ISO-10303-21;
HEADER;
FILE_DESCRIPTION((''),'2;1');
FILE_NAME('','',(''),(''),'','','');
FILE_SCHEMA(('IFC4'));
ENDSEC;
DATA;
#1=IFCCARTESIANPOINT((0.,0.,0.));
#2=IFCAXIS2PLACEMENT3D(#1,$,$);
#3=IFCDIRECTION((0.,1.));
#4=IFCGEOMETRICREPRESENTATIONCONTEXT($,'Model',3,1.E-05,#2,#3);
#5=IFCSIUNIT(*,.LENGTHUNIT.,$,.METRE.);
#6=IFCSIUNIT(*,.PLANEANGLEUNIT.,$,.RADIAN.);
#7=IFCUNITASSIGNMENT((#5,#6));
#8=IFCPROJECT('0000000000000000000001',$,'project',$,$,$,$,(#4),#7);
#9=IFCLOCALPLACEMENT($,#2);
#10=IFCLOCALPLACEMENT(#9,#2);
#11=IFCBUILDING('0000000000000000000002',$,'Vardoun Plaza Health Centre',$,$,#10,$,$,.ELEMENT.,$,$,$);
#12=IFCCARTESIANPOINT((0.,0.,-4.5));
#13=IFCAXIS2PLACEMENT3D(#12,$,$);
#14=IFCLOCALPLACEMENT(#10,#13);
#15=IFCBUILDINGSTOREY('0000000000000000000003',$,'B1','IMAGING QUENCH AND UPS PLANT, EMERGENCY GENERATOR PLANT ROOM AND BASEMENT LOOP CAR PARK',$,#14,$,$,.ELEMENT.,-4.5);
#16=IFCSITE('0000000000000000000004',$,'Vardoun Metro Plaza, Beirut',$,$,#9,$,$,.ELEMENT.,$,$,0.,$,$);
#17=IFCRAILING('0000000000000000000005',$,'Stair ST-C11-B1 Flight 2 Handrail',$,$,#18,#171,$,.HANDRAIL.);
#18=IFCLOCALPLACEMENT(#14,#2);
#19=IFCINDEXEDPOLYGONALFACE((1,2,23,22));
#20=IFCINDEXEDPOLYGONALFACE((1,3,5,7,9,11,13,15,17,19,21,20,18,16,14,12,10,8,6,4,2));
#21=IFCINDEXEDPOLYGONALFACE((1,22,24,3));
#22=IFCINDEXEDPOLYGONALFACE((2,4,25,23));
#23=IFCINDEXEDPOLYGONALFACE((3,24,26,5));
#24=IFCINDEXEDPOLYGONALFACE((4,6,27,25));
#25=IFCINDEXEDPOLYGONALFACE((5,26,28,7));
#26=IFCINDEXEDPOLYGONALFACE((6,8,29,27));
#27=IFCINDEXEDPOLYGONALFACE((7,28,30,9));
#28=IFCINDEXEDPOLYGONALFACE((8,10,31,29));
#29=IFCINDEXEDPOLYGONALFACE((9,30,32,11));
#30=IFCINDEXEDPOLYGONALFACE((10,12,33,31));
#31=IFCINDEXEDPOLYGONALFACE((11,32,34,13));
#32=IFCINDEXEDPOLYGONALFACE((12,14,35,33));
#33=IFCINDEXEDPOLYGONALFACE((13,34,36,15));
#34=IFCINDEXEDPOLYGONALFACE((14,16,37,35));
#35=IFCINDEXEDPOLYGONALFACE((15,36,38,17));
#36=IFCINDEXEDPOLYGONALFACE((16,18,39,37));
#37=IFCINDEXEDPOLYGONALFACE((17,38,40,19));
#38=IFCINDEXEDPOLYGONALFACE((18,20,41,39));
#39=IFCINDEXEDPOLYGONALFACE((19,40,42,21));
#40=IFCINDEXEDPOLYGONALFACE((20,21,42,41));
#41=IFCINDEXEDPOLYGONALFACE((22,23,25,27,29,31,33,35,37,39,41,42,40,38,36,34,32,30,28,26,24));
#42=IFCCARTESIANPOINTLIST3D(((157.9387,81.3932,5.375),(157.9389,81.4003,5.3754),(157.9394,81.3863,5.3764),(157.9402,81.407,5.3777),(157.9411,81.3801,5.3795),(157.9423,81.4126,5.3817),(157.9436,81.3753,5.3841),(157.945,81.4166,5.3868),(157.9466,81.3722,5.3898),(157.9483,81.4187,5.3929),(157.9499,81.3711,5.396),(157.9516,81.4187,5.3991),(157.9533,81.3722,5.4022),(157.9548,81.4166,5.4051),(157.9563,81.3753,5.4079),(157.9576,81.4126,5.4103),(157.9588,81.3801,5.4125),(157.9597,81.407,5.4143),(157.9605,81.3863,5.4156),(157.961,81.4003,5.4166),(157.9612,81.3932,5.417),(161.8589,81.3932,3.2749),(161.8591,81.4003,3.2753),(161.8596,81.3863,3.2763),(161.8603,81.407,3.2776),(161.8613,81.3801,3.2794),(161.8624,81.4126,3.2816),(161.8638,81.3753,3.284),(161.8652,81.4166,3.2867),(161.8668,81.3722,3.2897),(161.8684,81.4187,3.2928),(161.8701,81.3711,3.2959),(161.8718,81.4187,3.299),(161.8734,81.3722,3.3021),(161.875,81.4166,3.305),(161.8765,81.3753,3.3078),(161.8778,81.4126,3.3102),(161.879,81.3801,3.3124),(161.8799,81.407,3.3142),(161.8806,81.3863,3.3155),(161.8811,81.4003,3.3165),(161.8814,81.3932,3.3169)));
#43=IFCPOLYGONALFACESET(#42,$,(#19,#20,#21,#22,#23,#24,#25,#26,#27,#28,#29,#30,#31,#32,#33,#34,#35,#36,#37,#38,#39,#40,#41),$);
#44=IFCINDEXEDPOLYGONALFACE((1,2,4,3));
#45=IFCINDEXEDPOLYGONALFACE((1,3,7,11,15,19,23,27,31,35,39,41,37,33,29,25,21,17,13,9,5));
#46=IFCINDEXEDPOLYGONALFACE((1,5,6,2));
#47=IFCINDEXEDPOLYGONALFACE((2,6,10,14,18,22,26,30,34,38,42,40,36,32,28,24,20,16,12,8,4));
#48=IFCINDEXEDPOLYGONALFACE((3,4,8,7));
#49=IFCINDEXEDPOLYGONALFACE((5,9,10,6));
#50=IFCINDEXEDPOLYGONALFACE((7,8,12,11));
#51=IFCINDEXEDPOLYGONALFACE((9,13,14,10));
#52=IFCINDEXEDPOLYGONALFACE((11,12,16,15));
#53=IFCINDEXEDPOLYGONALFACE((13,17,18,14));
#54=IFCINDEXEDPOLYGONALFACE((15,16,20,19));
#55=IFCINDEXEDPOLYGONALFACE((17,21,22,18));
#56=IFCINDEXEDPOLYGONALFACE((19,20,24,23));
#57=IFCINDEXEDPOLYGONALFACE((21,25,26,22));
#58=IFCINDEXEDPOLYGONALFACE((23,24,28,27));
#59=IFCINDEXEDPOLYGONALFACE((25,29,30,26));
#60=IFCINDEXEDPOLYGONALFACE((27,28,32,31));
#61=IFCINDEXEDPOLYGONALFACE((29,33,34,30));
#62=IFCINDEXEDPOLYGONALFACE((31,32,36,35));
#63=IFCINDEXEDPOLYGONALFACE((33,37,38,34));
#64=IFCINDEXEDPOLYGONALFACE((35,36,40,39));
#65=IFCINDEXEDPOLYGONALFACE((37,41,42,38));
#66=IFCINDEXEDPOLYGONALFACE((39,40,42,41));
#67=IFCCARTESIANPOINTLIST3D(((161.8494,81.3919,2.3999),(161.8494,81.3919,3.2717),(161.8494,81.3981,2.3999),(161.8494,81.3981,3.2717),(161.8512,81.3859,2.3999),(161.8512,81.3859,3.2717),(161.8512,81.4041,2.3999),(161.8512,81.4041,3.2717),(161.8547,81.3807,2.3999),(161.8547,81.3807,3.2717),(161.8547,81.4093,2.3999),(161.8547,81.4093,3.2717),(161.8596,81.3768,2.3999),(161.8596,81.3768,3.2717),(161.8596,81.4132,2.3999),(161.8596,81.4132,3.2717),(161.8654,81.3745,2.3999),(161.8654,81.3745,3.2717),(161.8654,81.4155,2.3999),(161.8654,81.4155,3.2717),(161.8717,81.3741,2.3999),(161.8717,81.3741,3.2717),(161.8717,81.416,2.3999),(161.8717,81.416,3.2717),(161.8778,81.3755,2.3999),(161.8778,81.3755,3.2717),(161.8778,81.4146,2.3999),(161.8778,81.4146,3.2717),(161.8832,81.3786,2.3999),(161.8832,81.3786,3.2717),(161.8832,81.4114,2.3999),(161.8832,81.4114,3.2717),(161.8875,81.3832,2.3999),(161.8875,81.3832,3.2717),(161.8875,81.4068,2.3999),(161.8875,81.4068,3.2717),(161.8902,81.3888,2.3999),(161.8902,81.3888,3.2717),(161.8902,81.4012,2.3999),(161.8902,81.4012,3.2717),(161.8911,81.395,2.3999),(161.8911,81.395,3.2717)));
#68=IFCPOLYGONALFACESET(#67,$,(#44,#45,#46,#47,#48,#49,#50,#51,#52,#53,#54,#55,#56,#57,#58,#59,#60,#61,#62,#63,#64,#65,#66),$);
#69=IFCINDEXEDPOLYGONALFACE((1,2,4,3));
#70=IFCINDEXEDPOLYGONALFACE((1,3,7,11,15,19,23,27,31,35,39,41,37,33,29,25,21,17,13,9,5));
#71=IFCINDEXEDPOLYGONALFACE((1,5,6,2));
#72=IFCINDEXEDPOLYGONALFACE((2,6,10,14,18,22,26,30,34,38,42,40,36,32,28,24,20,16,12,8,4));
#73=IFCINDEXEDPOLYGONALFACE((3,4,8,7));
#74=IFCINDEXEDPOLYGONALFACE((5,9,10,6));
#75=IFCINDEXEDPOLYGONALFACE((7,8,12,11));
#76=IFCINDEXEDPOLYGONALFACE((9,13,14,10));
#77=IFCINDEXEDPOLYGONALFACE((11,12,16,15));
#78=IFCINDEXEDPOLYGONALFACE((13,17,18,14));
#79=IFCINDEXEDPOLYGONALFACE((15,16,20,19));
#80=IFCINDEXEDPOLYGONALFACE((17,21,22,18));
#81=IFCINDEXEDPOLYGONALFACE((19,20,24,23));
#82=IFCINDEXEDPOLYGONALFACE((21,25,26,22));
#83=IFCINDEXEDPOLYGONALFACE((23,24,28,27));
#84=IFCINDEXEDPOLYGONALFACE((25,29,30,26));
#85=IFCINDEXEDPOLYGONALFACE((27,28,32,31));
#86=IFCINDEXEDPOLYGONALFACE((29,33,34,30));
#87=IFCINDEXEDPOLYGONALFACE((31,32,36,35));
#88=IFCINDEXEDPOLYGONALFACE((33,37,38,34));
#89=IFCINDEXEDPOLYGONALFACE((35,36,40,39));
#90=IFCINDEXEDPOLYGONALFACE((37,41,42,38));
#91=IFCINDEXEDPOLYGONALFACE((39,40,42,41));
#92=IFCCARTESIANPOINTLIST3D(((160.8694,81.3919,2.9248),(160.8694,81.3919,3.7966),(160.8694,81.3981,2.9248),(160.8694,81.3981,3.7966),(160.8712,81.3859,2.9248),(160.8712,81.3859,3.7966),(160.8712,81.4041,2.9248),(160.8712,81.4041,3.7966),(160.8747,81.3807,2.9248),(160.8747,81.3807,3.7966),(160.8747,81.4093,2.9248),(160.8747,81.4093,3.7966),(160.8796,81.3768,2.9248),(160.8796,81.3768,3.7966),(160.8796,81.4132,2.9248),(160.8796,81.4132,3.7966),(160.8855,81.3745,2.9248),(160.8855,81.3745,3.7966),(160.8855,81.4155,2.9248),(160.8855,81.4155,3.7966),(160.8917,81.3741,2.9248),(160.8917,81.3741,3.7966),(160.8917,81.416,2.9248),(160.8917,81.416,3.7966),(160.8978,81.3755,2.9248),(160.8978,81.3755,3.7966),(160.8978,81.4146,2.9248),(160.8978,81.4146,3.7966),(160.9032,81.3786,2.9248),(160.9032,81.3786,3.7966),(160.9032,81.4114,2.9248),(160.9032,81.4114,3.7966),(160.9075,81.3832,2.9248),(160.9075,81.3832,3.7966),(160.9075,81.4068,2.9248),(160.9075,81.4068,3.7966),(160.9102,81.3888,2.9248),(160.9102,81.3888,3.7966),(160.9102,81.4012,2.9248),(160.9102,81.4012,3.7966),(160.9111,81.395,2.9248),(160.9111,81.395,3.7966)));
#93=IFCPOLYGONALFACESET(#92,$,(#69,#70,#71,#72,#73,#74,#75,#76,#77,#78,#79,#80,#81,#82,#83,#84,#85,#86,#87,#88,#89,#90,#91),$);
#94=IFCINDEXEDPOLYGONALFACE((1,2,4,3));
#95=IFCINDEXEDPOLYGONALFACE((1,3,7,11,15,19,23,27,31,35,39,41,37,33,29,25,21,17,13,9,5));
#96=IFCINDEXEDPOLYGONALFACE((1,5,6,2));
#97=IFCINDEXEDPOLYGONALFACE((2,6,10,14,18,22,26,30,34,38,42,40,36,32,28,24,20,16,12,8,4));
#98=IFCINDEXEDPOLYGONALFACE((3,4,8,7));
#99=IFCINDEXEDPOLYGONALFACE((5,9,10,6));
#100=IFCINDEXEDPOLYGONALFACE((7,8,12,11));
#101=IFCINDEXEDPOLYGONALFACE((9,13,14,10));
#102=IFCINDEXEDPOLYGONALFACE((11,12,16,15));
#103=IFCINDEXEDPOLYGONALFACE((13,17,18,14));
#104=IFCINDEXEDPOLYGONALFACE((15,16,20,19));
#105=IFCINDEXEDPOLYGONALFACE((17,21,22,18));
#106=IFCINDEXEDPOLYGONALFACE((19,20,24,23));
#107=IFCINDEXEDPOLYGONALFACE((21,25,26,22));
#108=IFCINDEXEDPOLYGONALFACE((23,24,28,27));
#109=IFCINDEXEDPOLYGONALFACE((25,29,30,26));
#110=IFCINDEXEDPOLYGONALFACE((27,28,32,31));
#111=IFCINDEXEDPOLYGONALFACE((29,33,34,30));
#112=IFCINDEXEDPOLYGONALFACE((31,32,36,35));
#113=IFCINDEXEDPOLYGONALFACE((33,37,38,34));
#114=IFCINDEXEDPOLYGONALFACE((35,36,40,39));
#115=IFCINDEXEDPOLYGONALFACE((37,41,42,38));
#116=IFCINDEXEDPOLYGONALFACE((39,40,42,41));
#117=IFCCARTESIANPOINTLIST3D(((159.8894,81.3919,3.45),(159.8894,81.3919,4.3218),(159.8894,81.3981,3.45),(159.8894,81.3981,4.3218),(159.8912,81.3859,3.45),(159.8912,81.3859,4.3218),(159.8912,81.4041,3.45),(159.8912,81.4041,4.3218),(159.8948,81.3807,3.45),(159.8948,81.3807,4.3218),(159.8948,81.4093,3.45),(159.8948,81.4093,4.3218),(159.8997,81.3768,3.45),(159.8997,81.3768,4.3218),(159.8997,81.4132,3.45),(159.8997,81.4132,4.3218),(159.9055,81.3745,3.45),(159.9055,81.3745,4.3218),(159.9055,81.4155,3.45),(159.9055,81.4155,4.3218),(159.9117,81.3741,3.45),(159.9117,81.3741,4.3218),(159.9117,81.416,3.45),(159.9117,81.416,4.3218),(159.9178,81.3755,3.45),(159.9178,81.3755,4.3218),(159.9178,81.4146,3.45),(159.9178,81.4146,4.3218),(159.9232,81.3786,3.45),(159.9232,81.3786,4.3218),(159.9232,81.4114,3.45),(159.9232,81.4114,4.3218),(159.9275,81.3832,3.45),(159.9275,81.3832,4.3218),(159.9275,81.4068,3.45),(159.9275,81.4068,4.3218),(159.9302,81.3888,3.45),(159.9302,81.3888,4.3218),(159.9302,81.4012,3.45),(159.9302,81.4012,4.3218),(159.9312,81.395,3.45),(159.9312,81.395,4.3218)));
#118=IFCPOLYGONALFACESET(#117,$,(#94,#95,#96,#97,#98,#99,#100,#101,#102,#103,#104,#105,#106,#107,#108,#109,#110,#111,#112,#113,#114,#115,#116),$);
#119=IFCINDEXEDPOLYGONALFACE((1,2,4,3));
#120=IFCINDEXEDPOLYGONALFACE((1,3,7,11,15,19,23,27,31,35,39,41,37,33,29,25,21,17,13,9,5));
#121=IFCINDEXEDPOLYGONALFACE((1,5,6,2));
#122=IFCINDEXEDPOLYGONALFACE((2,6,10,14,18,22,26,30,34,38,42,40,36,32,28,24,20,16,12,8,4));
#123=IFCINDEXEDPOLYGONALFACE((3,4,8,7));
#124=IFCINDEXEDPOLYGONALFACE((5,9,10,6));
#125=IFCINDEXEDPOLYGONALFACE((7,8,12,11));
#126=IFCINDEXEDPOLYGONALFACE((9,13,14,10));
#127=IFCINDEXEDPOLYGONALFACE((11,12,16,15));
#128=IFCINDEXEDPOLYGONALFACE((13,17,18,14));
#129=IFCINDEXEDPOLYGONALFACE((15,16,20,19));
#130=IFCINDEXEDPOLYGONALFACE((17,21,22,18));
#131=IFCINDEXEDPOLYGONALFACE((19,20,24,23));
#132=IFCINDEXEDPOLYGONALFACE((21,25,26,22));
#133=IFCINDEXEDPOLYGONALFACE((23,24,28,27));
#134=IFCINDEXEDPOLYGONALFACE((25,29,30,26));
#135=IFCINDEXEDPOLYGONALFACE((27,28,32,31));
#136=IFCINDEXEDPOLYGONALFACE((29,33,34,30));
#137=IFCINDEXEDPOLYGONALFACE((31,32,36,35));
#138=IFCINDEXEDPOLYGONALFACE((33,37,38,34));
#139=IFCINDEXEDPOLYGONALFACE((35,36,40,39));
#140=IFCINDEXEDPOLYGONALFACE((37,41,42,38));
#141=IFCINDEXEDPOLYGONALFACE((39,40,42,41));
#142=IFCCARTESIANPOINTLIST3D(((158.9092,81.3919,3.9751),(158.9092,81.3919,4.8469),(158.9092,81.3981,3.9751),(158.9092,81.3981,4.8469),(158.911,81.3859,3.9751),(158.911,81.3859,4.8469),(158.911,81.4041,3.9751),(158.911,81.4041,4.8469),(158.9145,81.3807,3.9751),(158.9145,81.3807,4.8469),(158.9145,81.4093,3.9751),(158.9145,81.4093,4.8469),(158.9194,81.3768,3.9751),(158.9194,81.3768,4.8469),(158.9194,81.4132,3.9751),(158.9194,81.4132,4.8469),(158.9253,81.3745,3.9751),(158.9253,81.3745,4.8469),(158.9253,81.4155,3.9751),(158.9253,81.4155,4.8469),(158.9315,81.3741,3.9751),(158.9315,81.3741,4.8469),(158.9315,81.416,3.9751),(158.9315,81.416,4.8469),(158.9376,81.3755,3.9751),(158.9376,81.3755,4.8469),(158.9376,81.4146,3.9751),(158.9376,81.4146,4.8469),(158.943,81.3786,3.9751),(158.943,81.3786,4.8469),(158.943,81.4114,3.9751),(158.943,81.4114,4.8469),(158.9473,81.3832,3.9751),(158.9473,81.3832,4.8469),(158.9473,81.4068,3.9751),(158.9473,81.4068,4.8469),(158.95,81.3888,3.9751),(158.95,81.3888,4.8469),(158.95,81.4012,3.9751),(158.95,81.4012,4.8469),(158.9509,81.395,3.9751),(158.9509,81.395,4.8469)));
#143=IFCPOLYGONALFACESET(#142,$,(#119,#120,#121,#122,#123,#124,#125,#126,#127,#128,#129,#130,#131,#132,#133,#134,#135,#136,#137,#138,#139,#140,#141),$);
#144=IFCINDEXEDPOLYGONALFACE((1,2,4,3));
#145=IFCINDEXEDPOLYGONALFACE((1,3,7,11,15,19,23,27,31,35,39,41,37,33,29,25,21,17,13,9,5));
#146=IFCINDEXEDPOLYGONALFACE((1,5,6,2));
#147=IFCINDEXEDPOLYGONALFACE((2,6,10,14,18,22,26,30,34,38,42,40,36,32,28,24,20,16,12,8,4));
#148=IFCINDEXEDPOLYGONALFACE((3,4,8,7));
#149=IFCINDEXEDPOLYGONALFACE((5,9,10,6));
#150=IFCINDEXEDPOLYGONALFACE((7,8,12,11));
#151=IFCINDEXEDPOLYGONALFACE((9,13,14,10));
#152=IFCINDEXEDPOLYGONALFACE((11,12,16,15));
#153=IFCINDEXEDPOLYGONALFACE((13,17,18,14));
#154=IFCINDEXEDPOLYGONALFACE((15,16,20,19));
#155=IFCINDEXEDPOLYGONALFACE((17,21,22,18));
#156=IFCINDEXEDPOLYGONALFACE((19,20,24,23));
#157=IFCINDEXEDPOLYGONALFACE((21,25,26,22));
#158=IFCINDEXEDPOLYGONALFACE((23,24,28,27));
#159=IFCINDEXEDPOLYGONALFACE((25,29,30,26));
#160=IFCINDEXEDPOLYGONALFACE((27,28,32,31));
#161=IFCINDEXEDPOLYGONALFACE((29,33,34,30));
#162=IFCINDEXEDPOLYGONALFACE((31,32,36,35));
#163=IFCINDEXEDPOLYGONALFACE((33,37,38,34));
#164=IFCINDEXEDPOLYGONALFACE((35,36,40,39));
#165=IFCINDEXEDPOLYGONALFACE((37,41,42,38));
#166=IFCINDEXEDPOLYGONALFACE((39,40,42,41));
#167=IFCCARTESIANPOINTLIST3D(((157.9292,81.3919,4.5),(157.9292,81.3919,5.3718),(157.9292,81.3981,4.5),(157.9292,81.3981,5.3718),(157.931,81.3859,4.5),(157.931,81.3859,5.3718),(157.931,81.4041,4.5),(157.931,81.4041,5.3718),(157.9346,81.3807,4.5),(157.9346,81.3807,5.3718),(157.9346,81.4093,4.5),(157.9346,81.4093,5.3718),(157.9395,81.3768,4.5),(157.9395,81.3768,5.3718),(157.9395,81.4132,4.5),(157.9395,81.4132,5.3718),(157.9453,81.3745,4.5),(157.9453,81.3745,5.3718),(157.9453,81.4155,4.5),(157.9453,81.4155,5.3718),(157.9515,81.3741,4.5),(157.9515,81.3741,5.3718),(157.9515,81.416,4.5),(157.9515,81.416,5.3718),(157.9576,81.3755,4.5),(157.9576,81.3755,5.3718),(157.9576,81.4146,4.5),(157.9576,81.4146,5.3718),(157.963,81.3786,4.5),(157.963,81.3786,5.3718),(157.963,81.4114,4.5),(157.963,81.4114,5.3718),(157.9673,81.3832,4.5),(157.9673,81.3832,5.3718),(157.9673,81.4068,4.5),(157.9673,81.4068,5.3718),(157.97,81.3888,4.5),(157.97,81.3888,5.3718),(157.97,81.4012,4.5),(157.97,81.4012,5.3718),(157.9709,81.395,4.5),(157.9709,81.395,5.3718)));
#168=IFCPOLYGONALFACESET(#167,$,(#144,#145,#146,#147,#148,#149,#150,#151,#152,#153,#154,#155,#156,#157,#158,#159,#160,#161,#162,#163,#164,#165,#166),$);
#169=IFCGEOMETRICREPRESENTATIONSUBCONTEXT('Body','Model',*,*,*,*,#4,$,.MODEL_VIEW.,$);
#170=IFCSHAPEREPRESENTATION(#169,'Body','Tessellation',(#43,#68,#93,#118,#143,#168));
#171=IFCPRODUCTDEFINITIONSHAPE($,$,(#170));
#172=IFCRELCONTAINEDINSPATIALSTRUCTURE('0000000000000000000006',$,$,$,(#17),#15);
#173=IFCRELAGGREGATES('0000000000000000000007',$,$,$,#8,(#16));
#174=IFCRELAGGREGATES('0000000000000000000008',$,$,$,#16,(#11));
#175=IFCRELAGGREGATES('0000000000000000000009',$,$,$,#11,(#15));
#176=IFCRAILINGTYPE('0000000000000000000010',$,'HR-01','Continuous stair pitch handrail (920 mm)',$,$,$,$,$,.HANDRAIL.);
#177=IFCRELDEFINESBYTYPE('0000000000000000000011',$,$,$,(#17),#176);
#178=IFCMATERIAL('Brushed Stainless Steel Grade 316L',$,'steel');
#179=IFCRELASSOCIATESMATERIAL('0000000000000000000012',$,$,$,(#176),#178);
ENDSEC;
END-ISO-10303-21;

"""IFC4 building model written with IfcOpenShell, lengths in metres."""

from ifc_helpers import new_model, si_unit, direction, frame, origin, origin_2d, place, context, subcontext, project, spatial, circle, extrude, material, type_object, element, save


model = new_model("IFC4")

# Units and contexts
model_context = context("Model", 3, precision=1e-05, world=origin(), true_north=direction((0.0, 1.0)))
body_context = subcontext(model_context, "Body", "Model", "MODEL_VIEW")
ifc_project = project(units=[si_unit("LENGTHUNIT", "METRE"), si_unit("PLANEANGLEUNIT", "RADIAN")], contexts=[model_context])

# Site, building, storey
site_placement = place(None, origin())
site = spatial("IfcSite", under=ifc_project, at=site_placement, Name="Vardoun Metro Plaza, Beirut", CompositionType="ELEMENT", RefElevation=0.0)
building_placement = place(site_placement, origin())
building = spatial("IfcBuilding", under=site, at=building_placement, Name="Vardoun Plaza Health Centre", CompositionType="ELEMENT")
storey_placement = place(building_placement, frame((0.0, 0.0, -4.5)))
storey = spatial("IfcBuildingStorey", under=building, at=storey_placement, Name="B1", Description="IMAGING QUENCH AND UPS PLANT, EMERGENCY GENERATOR PLANT ROOM AND BASEMENT LOOP CAR PARK", CompositionType="ELEMENT", Elevation=-4.5)

# Railing
ifc_material_1 = material(Name="Brushed Stainless Steel Grade 316L", Category="steel")
railing_type_1 = type_object("IfcRailingType", Name="HR-01", Description="Continuous stair pitch handrail (920 mm)", PredefinedType="HANDRAIL", material=ifc_material_1)
railing_1_placement = place(storey_placement, frame((161.8701, 81.395, 2.3999)))
element("IfcRailing", 1, at=railing_1_placement, inside=storey, type_object=railing_type_1, Name="Stair ST-C11-B1 Flight 2 Handrail", PredefinedType="HANDRAIL", context=body_context, shape_type="SweptSolid", body=[
    extrude(circle(Radius=0.0239, at=origin_2d()), frame((0.0, 0.0, 0.896), z_axis=(-0.881479, 0.0, 0.472223), x_axis=(0.0, -1.0, 0.0)), (0.0, 0.0, 1.0), 4.4473),
    extrude(circle(Radius=0.021, at=origin_2d()), origin(), (0.0, 0.0, 1.0), 0.8718),
    extrude(circle(Radius=0.021, at=origin_2d()), frame((-0.98, 0.0, 0.5249)), (0.0, 0.0, 1.0), 0.8718),
    extrude(circle(Radius=0.021, at=origin_2d()), frame((-1.96, 0.0, 1.05)), (0.0, 0.0, 1.0), 0.8718),
    extrude(circle(Radius=0.021, at=origin_2d()), frame((-2.9402, 0.0, 1.5752)), (0.0, 0.0, 1.0), 0.8718),
    extrude(circle(Radius=0.021, at=origin_2d()), frame((-3.9202, 0.0, 2.1001)), (0.0, 0.0, 1.0), 0.8718),
])

save(model, "model.ifc")
